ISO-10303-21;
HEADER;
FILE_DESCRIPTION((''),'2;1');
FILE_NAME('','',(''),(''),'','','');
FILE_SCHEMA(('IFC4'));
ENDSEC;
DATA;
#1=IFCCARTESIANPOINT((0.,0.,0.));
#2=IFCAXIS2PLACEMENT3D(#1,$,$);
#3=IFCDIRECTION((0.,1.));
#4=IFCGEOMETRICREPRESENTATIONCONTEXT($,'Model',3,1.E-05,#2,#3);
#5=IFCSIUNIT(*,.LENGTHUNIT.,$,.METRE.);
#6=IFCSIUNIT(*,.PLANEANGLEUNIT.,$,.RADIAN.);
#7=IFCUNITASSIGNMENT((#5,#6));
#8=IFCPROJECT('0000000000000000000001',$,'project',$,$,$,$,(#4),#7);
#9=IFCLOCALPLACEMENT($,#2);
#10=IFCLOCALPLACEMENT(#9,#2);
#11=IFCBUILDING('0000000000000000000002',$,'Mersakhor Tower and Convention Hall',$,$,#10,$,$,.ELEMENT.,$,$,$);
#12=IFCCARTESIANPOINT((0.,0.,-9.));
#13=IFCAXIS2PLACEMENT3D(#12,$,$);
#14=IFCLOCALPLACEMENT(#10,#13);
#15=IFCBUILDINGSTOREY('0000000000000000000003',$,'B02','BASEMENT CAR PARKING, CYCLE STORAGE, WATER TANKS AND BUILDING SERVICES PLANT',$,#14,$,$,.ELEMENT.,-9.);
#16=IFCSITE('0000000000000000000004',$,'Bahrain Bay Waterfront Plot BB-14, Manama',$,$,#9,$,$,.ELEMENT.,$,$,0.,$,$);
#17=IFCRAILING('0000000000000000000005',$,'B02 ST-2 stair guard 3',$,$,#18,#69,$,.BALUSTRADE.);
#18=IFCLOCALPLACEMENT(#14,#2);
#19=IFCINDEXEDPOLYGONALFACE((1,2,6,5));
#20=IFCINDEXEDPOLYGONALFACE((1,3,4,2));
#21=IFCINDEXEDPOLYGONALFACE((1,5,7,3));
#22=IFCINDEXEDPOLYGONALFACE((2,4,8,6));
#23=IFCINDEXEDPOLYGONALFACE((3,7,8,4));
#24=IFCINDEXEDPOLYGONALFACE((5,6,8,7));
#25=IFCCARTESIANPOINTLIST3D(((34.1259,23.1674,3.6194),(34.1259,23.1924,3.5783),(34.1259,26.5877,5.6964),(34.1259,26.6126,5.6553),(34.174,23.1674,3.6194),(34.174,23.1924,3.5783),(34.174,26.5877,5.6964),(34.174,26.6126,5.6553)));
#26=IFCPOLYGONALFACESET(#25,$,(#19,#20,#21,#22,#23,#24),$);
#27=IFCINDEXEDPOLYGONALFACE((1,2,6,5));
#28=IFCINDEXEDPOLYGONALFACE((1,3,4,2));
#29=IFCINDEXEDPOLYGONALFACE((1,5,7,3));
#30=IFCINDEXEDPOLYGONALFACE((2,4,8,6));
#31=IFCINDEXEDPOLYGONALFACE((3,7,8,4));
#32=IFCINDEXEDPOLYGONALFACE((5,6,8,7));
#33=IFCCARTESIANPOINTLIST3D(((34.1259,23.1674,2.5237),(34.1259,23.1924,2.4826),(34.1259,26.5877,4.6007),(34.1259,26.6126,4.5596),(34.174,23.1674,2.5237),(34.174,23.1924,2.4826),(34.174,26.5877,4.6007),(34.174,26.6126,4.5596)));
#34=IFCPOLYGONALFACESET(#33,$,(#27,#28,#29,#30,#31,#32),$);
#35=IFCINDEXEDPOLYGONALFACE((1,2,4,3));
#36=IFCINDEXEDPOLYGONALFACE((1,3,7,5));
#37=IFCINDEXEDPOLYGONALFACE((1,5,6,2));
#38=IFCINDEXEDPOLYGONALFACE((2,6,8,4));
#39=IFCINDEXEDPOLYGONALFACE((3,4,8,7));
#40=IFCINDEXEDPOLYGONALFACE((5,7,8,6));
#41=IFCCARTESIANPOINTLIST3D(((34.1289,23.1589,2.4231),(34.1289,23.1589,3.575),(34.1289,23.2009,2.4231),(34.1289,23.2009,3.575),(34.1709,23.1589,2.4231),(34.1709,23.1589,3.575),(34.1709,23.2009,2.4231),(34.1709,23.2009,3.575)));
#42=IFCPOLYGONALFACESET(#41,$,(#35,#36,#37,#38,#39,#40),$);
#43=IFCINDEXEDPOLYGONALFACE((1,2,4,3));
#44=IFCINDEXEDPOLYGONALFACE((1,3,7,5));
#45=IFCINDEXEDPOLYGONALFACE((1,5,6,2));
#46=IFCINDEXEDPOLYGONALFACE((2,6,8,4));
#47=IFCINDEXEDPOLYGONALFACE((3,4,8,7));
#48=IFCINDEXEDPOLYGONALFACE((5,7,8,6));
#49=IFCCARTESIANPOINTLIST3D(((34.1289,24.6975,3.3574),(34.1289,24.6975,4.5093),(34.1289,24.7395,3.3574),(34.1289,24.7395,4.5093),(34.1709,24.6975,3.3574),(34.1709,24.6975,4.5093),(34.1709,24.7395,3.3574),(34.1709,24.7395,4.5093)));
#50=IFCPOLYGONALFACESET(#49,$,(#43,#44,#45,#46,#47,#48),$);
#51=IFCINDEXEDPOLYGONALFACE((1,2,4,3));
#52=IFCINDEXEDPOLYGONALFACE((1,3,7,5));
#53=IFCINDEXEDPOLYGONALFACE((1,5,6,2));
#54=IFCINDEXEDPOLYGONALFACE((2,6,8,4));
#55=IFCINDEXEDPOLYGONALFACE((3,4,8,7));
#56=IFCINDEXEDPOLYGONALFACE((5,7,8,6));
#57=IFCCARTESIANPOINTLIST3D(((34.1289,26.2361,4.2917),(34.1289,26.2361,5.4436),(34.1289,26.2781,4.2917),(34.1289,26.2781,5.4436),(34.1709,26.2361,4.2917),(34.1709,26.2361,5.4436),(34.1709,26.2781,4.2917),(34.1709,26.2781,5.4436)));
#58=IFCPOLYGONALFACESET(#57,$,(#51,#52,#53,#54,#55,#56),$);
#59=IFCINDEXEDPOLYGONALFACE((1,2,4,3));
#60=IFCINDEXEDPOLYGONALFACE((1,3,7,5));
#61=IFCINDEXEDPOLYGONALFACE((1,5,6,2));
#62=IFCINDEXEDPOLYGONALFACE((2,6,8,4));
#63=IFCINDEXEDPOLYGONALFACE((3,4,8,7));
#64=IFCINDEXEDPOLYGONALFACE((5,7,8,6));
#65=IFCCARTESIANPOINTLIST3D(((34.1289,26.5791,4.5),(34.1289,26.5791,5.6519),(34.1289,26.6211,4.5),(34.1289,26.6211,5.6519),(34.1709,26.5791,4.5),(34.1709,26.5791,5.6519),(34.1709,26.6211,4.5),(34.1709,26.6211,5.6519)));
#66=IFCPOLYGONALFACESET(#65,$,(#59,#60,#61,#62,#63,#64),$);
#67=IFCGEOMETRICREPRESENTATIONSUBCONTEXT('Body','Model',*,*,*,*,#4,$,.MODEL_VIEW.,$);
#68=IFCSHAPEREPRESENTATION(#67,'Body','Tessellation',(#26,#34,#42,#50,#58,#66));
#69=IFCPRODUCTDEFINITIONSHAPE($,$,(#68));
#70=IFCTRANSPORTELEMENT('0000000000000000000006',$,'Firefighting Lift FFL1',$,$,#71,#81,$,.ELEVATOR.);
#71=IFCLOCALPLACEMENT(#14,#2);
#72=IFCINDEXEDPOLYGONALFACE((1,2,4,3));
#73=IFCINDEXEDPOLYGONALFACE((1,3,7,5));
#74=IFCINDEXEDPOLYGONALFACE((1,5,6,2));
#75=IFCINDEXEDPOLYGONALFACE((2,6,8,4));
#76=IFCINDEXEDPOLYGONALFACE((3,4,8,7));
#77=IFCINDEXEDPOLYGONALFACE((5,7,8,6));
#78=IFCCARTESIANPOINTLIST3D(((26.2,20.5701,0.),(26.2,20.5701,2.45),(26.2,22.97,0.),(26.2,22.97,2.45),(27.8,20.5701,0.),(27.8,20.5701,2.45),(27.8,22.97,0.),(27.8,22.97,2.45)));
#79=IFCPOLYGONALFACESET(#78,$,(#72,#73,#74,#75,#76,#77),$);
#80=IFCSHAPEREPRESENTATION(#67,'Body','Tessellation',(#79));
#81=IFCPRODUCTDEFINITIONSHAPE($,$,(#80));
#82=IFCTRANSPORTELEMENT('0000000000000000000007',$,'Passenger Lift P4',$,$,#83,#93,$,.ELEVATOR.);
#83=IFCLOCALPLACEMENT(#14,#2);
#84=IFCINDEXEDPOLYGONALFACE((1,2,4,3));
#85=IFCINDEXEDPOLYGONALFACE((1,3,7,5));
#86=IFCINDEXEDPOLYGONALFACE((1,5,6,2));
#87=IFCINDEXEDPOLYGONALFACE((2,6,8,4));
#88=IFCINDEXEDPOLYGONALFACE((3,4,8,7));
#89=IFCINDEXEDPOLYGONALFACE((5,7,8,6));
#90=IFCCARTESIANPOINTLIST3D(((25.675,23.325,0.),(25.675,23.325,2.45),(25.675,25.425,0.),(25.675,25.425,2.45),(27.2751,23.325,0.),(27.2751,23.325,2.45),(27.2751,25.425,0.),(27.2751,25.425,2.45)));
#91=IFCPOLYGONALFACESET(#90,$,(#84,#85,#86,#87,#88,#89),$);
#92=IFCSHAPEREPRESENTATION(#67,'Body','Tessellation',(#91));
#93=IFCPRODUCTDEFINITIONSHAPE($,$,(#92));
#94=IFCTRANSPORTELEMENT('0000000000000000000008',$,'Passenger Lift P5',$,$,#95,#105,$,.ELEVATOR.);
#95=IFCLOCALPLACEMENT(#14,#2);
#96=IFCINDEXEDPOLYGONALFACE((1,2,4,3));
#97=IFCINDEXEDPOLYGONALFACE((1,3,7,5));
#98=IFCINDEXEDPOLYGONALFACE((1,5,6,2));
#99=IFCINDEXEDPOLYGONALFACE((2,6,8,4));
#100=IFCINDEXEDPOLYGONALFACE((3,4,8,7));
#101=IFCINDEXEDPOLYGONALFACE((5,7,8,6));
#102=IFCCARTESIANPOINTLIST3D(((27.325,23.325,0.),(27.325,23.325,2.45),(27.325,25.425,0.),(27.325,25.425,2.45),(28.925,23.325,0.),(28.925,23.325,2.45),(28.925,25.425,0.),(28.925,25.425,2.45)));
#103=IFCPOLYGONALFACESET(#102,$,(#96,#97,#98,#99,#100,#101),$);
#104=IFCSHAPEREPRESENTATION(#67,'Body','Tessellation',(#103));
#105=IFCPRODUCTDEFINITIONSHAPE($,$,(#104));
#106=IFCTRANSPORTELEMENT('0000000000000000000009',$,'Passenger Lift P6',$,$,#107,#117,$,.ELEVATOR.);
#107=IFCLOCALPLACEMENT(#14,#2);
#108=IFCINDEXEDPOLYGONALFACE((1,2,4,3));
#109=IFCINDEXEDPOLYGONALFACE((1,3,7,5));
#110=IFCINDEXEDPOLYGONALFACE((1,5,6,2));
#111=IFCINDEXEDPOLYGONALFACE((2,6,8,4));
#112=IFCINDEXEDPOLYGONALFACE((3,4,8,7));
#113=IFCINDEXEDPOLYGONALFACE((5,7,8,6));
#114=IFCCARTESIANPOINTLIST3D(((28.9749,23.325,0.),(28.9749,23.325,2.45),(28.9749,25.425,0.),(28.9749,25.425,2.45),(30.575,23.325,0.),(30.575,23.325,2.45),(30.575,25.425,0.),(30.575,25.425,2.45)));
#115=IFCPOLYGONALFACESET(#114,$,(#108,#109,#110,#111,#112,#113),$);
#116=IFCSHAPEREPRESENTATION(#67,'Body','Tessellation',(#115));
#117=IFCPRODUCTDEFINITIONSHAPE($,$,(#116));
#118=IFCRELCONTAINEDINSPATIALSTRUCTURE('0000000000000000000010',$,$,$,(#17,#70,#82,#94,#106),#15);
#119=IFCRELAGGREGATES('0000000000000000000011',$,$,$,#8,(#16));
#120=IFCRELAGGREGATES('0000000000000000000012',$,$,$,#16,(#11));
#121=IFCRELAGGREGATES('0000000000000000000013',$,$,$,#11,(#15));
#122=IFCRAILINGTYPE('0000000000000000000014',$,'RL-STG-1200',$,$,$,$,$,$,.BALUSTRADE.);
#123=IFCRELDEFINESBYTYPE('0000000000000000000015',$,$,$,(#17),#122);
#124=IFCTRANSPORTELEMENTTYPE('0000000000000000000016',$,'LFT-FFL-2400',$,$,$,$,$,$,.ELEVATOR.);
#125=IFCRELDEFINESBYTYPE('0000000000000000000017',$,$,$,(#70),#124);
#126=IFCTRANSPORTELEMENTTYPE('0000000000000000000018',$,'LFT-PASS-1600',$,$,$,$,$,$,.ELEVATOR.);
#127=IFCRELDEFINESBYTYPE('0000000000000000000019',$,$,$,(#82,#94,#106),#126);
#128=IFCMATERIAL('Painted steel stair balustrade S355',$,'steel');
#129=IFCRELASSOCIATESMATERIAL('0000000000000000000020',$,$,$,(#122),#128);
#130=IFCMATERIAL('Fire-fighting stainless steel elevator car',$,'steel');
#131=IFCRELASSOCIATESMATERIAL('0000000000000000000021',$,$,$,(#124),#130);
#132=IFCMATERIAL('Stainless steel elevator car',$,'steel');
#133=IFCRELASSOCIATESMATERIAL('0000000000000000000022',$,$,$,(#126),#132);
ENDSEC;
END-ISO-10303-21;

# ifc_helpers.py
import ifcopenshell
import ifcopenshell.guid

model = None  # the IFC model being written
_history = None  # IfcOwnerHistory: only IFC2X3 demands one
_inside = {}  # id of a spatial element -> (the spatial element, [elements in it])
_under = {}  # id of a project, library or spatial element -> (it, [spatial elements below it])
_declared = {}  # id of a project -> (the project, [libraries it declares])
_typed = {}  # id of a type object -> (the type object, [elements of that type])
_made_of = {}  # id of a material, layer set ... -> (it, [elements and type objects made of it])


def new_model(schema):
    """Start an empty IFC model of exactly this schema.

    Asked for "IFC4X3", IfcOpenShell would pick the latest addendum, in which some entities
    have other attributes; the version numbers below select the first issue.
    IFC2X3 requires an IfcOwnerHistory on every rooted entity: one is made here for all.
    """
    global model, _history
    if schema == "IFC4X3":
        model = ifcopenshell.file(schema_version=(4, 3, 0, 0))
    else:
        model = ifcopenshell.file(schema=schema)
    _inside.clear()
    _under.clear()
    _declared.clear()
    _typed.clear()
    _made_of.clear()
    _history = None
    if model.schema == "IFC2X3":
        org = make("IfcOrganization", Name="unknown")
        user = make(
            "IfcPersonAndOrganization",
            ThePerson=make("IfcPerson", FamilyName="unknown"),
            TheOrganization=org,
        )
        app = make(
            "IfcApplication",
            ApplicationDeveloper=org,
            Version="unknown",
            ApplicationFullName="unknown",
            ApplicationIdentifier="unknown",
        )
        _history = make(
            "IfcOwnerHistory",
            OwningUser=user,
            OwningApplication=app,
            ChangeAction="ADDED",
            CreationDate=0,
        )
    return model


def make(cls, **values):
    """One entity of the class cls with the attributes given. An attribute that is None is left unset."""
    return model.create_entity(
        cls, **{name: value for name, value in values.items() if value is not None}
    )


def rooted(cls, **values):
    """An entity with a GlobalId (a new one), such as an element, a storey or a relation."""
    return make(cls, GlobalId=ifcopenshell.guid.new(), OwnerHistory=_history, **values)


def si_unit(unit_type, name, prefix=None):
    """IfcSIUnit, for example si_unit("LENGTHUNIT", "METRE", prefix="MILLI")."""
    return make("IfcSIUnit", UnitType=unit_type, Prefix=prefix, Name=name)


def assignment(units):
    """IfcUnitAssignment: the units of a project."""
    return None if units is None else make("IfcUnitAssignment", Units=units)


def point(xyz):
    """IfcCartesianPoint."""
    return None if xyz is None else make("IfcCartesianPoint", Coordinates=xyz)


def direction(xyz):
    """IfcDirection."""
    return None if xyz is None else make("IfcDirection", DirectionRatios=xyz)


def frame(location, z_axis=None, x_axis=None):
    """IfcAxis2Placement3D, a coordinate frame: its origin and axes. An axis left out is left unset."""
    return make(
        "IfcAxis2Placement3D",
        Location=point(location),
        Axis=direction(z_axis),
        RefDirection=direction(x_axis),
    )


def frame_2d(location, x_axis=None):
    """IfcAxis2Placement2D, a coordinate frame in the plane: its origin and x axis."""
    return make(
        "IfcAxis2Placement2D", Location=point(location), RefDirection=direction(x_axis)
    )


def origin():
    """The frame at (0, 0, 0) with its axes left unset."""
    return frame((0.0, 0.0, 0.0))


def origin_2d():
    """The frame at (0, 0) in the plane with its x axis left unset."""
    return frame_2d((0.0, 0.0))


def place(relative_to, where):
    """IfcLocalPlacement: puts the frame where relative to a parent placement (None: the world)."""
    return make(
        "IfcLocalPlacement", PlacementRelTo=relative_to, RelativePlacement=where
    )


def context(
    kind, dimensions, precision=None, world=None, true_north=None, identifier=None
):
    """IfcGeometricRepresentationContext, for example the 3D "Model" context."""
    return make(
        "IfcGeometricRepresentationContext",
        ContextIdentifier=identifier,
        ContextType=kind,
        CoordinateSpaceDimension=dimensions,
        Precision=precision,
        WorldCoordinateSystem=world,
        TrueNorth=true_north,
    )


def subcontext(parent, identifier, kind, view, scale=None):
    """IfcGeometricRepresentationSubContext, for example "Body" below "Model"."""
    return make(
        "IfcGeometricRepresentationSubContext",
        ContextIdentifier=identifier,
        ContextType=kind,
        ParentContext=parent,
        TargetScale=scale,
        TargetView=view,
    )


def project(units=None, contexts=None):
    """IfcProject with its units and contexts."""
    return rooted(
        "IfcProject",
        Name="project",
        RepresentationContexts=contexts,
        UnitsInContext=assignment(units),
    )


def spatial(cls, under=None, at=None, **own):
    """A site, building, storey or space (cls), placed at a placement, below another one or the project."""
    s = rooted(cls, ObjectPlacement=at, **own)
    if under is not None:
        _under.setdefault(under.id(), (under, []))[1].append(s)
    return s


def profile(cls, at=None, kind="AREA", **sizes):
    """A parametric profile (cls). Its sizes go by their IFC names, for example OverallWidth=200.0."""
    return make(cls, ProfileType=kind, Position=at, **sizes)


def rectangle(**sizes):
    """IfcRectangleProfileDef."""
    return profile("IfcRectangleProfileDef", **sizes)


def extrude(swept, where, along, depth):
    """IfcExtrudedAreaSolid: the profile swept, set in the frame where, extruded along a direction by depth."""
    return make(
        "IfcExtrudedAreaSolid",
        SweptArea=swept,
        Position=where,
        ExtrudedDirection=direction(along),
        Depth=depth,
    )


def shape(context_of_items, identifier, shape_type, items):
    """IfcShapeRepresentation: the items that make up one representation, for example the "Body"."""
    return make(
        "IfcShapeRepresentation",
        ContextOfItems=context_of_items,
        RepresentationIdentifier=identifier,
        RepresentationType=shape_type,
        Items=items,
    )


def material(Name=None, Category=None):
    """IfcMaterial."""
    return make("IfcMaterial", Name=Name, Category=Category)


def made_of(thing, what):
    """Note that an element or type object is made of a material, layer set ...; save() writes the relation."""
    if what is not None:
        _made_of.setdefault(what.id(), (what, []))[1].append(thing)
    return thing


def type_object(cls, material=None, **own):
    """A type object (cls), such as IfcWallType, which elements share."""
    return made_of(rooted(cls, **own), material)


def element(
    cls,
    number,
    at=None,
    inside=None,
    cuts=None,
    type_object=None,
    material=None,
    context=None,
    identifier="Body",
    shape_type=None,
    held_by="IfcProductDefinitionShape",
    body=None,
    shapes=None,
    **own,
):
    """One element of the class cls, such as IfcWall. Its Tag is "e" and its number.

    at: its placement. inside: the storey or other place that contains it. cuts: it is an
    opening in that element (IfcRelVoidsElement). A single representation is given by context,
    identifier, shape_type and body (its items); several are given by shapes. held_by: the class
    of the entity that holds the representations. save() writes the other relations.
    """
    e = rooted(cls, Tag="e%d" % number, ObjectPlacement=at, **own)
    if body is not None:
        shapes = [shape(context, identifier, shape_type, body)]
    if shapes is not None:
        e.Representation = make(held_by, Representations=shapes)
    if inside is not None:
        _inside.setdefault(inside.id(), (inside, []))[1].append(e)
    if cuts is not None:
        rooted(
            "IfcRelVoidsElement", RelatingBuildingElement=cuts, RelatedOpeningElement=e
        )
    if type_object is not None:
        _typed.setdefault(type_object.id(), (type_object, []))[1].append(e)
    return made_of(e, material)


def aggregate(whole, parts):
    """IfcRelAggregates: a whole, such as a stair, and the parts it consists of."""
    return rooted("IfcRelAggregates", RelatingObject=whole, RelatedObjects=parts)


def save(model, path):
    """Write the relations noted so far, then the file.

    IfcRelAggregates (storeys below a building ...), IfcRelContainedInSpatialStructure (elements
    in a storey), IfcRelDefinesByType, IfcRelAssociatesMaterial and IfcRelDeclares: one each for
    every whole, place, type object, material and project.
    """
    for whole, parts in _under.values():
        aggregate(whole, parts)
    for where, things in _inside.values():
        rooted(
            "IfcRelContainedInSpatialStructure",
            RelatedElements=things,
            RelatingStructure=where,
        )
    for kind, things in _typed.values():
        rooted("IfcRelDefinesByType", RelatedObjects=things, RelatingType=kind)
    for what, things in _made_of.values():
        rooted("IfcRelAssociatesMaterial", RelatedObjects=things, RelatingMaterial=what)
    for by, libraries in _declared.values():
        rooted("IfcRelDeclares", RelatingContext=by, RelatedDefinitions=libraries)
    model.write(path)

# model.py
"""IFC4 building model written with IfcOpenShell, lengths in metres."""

from ifc_helpers import new_model, si_unit, direction, frame, origin, origin_2d, place, context, subcontext, project, spatial, rectangle, extrude, material, type_object, element, save


model = new_model("IFC4")

# Units and contexts
model_context = context("Model", 3, precision=1e-05, world=origin(), true_north=direction((0.0, 1.0)))
body_context = subcontext(model_context, "Body", "Model", "MODEL_VIEW")
ifc_project = project(units=[si_unit("LENGTHUNIT", "METRE"), si_unit("PLANEANGLEUNIT", "RADIAN")], contexts=[model_context])

# Site, building, storey
site_placement = place(None, origin())
site = spatial("IfcSite", under=ifc_project, at=site_placement, Name="Bahrain Bay Waterfront Plot BB-14, Manama", CompositionType="ELEMENT", RefElevation=0.0)
building_placement = place(site_placement, origin())
building = spatial("IfcBuilding", under=site, at=building_placement, Name="Mersakhor Tower and Convention Hall", CompositionType="ELEMENT")
storey_placement = place(building_placement, frame((0.0, 0.0, -9.0)))
storey = spatial("IfcBuildingStorey", under=building, at=storey_placement, Name="B02", Description="BASEMENT CAR PARKING, CYCLE STORAGE, WATER TANKS AND BUILDING SERVICES PLANT", CompositionType="ELEMENT", Elevation=-9.0)

# Railing
ifc_material_1 = material(Name="Painted steel stair balustrade S355", Category="steel")
railing_type_1 = type_object("IfcRailingType", Name="RL-STG-1200", PredefinedType="BALUSTRADE", material=ifc_material_1)
railing_1_placement = place(storey_placement, frame((34.1499, 23.1799, 2.4231)))
element("IfcRailing", 1, at=railing_1_placement, inside=storey, type_object=railing_type_1, Name="B02 ST-2 stair guard 3", PredefinedType="BALUSTRADE", context=body_context, shape_type="SweptSolid", body=[
    extrude(rectangle(XDim=0.0481, YDim=0.0481, at=origin_2d()), frame((0.0, 0.0, 1.1758), z_axis=(0.0, 0.854746, 0.519047), x_axis=(-1.0, 0.0, 0.0)), (0.0, 0.0, 1.0), 4.0015),
    extrude(rectangle(XDim=0.0481, YDim=0.0481, at=origin_2d()), frame((0.0, 0.0, 0.0801), z_axis=(0.0, 0.854746, 0.519047), x_axis=(-1.0, 0.0, 0.0)), (0.0, 0.0, 1.0), 4.0015),
    extrude(rectangle(XDim=0.042, YDim=0.042, at=origin_2d()), origin(), (0.0, 0.0, 1.0), 1.1519),
    extrude(rectangle(XDim=0.042, YDim=0.042, at=origin_2d()), frame((0.0, 1.5386, 0.9343)), (0.0, 0.0, 1.0), 1.1519),
    extrude(rectangle(XDim=0.042, YDim=0.042, at=origin_2d()), frame((0.0, 3.0771, 1.8687)), (0.0, 0.0, 1.0), 1.1519),
    extrude(rectangle(XDim=0.042, YDim=0.042, at=origin_2d()), frame((0.0, 3.4202, 2.0769)), (0.0, 0.0, 1.0), 1.1519),
])

# Transport elements
ifc_material_2 = material(Name="Fire-fighting stainless steel elevator car", Category="steel")
transport_element_type_1 = type_object("IfcTransportElementType", Name="LFT-FFL-2400", PredefinedType="ELEVATOR", material=ifc_material_2)
transport_element_placement = place(storey_placement, frame((27.0, 21.77, 0.0), z_axis=(0.0, 0.0, 1.0), x_axis=(0.0, 1.0, 0.0)))
element("IfcTransportElement", 2, at=transport_element_placement, inside=storey, type_object=transport_element_type_1, Name="Firefighting Lift FFL1", PredefinedType="ELEVATOR", context=body_context, shape_type="SweptSolid", body=[
    extrude(rectangle(XDim=2.3999, YDim=1.6001, at=origin_2d()), origin(), (0.0, 0.0, 1.0), 2.45),
])
ifc_material_3 = material(Name="Stainless steel elevator car", Category="steel")
transport_element_type_2 = type_object("IfcTransportElementType", Name="LFT-PASS-1600", PredefinedType="ELEVATOR", material=ifc_material_3)
for number, where, z_axis, x_axis, name in (
    (3, (26.4751, 24.375, 0.0), (0.0, 0.0, 1.0), (1.0, 0.0, 0.0), "Passenger Lift P4"),
    (4, (28.125, 24.375, 0.0), (0.0, 0.0, 1.0), (1.0, 0.0, 0.0), "Passenger Lift P5"),
    (5, (29.7749, 24.375, 0.0), (0.0, 0.0, 1.0), (1.0, 0.0, 0.0), "Passenger Lift P6"),
):
    element("IfcTransportElement", number, at=place(storey_placement, frame(where, z_axis=z_axis, x_axis=x_axis)), inside=storey, type_object=transport_element_type_2, Name=name, PredefinedType="ELEVATOR", context=body_context, shape_type="SweptSolid", body=[
        extrude(rectangle(XDim=1.6001, YDim=2.1001, at=origin_2d()), origin(), (0.0, 0.0, 1.0), 2.45),
    ])

save(model, "model.ifc")
